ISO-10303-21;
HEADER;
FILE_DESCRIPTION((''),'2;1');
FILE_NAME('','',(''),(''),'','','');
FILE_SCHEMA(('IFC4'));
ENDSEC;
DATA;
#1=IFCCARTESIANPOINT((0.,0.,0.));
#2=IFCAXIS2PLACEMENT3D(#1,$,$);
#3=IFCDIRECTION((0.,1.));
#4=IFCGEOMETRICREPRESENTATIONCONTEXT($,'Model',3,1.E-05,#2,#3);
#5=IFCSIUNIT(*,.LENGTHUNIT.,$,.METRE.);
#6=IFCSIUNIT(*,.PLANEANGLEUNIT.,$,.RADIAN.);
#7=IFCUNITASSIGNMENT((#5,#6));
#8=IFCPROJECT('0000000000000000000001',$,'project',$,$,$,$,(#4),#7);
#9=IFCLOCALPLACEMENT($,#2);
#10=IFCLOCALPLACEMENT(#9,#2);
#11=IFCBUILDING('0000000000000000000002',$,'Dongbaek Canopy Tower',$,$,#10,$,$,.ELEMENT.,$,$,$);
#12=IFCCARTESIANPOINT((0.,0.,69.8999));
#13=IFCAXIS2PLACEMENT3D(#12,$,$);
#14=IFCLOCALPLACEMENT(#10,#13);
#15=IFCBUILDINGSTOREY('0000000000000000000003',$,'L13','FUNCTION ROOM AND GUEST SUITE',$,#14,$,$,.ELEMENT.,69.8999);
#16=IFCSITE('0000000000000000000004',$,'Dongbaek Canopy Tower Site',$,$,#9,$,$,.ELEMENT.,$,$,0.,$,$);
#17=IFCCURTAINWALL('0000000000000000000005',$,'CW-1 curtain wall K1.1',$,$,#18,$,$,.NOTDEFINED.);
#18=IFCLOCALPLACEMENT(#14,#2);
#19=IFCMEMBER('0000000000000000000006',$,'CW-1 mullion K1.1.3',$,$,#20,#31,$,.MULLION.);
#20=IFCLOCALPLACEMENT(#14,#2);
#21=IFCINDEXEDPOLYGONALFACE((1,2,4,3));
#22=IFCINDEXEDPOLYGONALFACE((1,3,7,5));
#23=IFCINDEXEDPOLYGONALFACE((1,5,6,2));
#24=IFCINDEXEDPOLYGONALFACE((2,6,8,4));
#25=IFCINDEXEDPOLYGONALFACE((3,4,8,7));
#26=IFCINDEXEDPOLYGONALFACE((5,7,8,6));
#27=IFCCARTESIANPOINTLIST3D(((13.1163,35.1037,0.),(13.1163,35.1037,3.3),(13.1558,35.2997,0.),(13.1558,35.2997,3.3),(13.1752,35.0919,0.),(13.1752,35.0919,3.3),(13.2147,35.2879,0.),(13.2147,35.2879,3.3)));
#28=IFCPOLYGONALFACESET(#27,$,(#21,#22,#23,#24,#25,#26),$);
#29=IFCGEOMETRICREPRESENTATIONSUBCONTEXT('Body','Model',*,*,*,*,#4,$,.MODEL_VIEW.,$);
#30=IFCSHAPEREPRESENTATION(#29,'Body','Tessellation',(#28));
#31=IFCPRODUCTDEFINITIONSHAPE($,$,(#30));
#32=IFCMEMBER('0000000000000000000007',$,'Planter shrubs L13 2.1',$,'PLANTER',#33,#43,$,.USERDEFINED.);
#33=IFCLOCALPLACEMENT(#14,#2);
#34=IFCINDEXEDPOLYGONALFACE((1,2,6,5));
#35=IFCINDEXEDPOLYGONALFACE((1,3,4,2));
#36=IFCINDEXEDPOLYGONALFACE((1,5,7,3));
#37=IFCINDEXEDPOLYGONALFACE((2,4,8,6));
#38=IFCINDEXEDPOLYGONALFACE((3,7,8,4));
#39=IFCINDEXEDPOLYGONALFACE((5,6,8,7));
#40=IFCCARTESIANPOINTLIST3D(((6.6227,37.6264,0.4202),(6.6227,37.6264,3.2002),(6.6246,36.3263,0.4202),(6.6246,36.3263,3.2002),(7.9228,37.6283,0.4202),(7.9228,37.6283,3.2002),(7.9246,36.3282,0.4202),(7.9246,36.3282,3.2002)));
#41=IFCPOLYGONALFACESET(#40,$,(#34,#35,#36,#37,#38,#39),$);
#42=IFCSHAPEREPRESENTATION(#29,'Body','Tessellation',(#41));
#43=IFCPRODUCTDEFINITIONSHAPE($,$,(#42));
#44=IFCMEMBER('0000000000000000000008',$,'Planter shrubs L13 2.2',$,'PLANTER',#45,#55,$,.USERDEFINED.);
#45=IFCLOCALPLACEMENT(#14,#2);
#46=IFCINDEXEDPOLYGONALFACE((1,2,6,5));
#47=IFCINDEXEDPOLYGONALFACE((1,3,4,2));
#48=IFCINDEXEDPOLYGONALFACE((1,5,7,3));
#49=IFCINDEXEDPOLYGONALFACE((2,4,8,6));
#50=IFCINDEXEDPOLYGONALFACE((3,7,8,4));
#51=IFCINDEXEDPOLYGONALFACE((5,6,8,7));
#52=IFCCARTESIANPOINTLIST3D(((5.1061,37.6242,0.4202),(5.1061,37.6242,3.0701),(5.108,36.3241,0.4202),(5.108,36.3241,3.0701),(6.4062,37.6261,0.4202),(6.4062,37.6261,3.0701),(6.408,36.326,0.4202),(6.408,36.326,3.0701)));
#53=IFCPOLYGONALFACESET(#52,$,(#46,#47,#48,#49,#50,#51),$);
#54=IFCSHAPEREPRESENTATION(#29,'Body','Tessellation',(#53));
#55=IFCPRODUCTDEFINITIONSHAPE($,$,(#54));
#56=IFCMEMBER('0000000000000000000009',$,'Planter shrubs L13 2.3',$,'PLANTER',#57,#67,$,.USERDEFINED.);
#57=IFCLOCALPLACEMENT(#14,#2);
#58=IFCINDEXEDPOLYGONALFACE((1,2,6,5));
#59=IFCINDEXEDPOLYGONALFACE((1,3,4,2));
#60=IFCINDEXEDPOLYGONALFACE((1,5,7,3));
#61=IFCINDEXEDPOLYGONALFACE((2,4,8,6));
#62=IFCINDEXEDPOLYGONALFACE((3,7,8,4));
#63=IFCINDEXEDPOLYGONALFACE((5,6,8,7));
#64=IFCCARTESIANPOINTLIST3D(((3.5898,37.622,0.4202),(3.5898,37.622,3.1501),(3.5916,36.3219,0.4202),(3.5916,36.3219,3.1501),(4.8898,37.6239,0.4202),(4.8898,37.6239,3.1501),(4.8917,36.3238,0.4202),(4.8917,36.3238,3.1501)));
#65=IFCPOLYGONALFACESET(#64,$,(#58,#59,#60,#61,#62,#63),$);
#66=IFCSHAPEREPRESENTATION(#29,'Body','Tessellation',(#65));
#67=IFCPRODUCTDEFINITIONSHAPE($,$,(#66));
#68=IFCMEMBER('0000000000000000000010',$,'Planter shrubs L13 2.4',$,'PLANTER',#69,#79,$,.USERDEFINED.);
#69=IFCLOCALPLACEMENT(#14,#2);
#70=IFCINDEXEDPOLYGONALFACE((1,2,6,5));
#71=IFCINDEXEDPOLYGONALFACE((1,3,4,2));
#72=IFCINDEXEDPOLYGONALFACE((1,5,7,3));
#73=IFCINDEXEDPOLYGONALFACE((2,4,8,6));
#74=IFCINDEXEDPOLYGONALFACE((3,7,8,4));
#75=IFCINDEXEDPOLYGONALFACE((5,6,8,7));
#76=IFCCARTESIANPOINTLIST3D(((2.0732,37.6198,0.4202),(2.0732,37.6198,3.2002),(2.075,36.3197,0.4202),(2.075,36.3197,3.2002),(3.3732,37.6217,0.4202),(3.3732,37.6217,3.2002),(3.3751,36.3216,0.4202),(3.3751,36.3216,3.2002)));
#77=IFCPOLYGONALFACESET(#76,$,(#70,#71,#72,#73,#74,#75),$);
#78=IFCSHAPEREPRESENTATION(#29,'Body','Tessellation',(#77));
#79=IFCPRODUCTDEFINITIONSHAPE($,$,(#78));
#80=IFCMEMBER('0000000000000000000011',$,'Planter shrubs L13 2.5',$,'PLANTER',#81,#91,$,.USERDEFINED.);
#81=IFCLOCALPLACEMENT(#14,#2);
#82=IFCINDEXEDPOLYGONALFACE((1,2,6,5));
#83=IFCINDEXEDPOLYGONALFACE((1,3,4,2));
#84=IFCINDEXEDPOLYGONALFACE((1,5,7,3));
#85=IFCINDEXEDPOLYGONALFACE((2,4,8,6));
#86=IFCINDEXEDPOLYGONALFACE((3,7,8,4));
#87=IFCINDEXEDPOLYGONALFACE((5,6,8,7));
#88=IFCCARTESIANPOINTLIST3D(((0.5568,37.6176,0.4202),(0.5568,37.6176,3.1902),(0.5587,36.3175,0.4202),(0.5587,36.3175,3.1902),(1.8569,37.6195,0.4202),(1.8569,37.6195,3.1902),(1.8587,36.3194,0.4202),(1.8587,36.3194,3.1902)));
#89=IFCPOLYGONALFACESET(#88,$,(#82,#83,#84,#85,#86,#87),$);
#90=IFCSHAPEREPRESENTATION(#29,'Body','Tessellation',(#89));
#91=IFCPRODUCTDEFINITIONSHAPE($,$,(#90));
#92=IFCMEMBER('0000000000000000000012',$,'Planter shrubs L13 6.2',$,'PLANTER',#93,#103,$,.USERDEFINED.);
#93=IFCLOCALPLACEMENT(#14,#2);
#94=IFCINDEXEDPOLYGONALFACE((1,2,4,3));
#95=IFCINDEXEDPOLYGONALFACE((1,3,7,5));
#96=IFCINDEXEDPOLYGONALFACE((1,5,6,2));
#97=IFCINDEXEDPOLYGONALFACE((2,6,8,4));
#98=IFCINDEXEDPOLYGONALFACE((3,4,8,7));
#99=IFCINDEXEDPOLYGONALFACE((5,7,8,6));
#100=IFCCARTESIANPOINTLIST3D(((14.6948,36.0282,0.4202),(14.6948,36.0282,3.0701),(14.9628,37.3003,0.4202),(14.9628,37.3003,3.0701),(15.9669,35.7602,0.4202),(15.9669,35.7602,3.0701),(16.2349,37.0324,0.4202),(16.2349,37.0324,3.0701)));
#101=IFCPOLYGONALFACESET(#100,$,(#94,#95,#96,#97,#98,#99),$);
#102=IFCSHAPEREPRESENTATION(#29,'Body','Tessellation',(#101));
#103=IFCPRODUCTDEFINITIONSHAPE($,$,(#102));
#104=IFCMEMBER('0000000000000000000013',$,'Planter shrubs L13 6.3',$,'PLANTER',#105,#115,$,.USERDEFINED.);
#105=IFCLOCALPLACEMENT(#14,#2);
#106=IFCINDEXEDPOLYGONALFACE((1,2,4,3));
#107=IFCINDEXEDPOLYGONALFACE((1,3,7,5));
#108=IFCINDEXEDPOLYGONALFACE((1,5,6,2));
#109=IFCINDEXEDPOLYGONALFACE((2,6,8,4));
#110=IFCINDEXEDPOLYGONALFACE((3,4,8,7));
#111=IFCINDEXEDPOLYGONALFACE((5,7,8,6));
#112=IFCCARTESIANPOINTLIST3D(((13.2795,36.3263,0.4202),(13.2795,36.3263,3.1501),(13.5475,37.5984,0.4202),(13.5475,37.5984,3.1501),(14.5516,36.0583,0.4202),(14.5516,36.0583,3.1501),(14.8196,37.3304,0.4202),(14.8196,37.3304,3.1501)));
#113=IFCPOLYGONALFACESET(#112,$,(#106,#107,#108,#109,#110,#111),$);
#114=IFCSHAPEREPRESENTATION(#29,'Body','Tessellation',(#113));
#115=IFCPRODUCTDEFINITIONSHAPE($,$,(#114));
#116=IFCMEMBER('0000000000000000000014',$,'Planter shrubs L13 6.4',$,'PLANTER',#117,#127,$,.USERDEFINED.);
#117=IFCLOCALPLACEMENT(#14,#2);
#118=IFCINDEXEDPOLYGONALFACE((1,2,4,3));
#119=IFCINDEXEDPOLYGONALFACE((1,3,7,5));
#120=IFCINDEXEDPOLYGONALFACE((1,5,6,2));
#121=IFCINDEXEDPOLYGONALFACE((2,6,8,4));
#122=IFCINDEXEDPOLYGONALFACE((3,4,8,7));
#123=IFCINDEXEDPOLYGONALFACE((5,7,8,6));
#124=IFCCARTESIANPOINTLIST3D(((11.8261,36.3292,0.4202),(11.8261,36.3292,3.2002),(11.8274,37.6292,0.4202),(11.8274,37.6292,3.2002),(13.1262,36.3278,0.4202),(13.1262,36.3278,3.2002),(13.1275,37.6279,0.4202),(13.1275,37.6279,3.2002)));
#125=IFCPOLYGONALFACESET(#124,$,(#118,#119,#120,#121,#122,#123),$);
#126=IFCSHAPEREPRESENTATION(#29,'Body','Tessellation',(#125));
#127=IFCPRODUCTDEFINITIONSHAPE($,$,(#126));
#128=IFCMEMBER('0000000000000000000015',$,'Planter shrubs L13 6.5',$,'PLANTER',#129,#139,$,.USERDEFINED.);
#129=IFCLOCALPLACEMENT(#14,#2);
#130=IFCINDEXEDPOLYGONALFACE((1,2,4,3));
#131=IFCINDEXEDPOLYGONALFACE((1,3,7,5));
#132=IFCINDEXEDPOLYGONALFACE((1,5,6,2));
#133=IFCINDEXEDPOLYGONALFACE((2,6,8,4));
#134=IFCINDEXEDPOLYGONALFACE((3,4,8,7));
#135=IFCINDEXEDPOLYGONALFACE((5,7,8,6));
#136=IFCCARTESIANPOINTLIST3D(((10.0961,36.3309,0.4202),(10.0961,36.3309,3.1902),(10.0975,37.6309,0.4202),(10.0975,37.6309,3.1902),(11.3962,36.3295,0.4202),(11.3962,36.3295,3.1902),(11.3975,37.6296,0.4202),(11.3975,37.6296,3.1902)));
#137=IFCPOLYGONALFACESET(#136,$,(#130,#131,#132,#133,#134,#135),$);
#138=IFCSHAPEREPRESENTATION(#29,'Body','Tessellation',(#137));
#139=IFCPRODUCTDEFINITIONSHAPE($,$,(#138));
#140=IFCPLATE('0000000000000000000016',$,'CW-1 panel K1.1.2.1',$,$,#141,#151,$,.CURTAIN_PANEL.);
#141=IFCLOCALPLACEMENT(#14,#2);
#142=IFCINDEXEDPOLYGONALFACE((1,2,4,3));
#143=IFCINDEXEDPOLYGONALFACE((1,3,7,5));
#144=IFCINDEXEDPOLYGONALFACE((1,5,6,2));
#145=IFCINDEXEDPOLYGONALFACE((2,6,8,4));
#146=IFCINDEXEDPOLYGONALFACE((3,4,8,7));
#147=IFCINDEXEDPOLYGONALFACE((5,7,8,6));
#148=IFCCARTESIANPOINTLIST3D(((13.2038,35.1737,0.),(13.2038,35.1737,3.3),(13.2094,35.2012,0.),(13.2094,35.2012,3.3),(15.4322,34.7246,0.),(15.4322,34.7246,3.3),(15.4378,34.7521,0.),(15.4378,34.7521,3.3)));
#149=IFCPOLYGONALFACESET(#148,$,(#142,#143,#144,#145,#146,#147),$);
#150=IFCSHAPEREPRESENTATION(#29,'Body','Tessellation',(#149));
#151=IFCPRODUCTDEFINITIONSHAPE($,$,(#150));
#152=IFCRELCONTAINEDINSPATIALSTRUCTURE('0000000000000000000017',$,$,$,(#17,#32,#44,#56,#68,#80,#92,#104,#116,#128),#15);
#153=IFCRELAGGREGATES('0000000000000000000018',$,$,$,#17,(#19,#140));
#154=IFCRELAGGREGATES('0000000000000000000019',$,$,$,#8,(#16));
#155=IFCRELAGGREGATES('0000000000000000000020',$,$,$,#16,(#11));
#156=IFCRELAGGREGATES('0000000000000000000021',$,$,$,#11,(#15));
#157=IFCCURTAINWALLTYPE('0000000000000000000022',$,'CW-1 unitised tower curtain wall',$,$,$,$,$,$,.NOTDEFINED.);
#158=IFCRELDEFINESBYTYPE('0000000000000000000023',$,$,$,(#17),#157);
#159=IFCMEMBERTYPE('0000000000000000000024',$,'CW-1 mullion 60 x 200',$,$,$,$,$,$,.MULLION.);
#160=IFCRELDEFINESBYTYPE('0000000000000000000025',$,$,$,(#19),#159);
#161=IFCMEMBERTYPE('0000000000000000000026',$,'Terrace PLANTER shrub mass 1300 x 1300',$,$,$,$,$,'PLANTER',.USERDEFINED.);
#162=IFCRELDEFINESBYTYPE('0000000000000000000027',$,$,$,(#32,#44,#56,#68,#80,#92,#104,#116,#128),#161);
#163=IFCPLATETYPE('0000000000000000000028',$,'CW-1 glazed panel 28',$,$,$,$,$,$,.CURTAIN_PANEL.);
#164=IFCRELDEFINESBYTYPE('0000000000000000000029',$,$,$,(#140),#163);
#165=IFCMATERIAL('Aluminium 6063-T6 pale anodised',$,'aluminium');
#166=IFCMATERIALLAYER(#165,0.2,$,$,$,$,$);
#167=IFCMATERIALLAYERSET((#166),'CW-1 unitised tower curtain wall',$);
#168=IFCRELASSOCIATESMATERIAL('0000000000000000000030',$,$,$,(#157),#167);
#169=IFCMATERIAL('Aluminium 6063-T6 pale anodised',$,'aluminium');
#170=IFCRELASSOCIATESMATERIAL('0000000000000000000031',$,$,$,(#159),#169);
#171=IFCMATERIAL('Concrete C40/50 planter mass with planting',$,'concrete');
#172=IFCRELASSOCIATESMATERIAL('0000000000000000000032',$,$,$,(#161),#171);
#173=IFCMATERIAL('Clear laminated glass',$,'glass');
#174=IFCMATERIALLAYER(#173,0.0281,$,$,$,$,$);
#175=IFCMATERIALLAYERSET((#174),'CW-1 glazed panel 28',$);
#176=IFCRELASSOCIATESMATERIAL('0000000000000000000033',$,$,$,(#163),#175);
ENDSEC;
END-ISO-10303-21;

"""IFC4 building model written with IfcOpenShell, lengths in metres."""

from ifc_helpers import new_model, si_unit, direction, frame, origin, origin_2d, place, context, subcontext, project, spatial, rectangle, extrude, material, layer, layer_set, material_profile, profile_set, type_object, element, aggregate, save


model = new_model("IFC4")

# Units and contexts
model_context = context("Model", 3, precision=1e-05, world=origin(), true_north=direction((0.0, 1.0)))
body_context = subcontext(model_context, "Body", "Model", "MODEL_VIEW")
ifc_project = project(units=[si_unit("LENGTHUNIT", "METRE"), si_unit("PLANEANGLEUNIT", "RADIAN")], contexts=[model_context])

# Site, building, storey
site_placement = place(None, origin())
site = spatial("IfcSite", under=ifc_project, at=site_placement, Name="Dongbaek Canopy Tower Site", CompositionType="ELEMENT", RefElevation=0.0)
building_placement = place(site_placement, origin())
building = spatial("IfcBuilding", under=site, at=building_placement, Name="Dongbaek Canopy Tower", CompositionType="ELEMENT")
storey_placement = place(building_placement, frame((0.0, 0.0, 69.8999)))
storey = spatial("IfcBuildingStorey", under=building, at=storey_placement, Name="L13", Description="FUNCTION ROOM AND GUEST SUITE", CompositionType="ELEMENT", Elevation=69.8999)

# Curtain wall, member
ifc_material_1 = material(Name="Aluminium 6063-T6 pale anodised", Category="aluminium")
ifc_layer_1 = layer(ifc_material_1, 0.2)
ifc_layer_set_1 = layer_set([ifc_layer_1], Name="CW-1 unitised tower curtain wall")
curtain_wall_type = type_object("IfcCurtainWallType", Name="CW-1 unitised tower curtain wall", PredefinedType="NOTDEFINED", material=ifc_layer_set_1)
curtain_wall_placement = place(storey_placement, origin())
curtain_wall = element("IfcCurtainWall", 1, at=curtain_wall_placement, inside=storey, type_object=curtain_wall_type, Name="CW-1 curtain wall K1.1", PredefinedType="NOTDEFINED")
ifc_material_2 = material(Name="Aluminium 6063-T6 pale anodised", Category="aluminium")
ifc_material_profile_1 = material_profile(ifc_material_2, rectangle(XDim=0.2, YDim=0.0601, at=origin_2d()), Name="CW-1 mullion 60 x 200")
ifc_profile_set_1 = profile_set([ifc_material_profile_1], Name="Aluminium 6063-T6 pale anodised")
member_type_1 = type_object("IfcMemberType", Name="CW-1 mullion 60 x 200", PredefinedType="MULLION", material=ifc_profile_set_1)
member_1_placement = place(storey_placement, frame((13.1655, 35.1958, 0.0), z_axis=(0.0, 0.0, 1.0), x_axis=(0.197555, 0.980292, 0.0)))
member_1 = element("IfcMember", 2, at=member_1_placement, type_object=member_type_1, Name="CW-1 mullion K1.1.3", PredefinedType="MULLION", context=body_context, shape_type="SweptSolid", body=[
    extrude(rectangle(XDim=0.2, YDim=0.0601, at=origin_2d()), origin(), (0.0, 0.0, 1.0), 3.3),
])

# Members
ifc_material_3 = material(Name="Concrete C40/50 planter mass with planting", Category="concrete")
ifc_material_profile_2 = material_profile(ifc_material_3, rectangle(XDim=1.3, YDim=1.3, at=origin_2d()), Name="Terrace PLANTER shrub mass 1300 x 1300")
ifc_profile_set_2 = profile_set([ifc_material_profile_2], Name="Concrete C40/50 planter mass with planting")
member_type_2 = type_object("IfcMemberType", Name="Terrace PLANTER shrub mass 1300 x 1300", ElementType="PLANTER", PredefinedType="USERDEFINED", material=ifc_profile_set_2)
member_2_placement = place(storey_placement, frame((7.2737, 36.9773, 0.4202), z_axis=(0.0, 0.0, 1.0), x_axis=(-0.001434, 0.999999, 0.0)))
element("IfcMember", 3, at=member_2_placement, inside=storey, type_object=member_type_2, Name="Planter shrubs L13 2.1", ObjectType="PLANTER", PredefinedType="USERDEFINED", context=body_context, shape_type="SweptSolid", body=[
    extrude(rectangle(XDim=1.3, YDim=1.3, at=origin_2d()), origin(), (0.0, 0.0, 1.0), 2.78),
])
member_3_placement = place(storey_placement, frame((5.7571, 36.9751, 0.4202), z_axis=(0.0, 0.0, 1.0), x_axis=(-0.001434, 0.999999, 0.0)))
element("IfcMember", 4, at=member_3_placement, inside=storey, type_object=member_type_2, Name="Planter shrubs L13 2.2", ObjectType="PLANTER", PredefinedType="USERDEFINED", context=body_context, shape_type="SweptSolid", body=[
    extrude(rectangle(XDim=1.3, YDim=1.3, at=origin_2d()), origin(), (0.0, 0.0, 1.0), 2.6499),
])
member_4_placement = place(storey_placement, frame((4.2407, 36.9729, 0.4202), z_axis=(0.0, 0.0, 1.0), x_axis=(-0.001434, 0.999999, 0.0)))
element("IfcMember", 5, at=member_4_placement, inside=storey, type_object=member_type_2, Name="Planter shrubs L13 2.3", ObjectType="PLANTER", PredefinedType="USERDEFINED", context=body_context, shape_type="SweptSolid", body=[
    extrude(rectangle(XDim=1.3, YDim=1.3, at=origin_2d()), origin(), (0.0, 0.0, 1.0), 2.73),
])
member_5_placement = place(storey_placement, frame((2.7241, 36.9707, 0.4202), z_axis=(0.0, 0.0, 1.0), x_axis=(-0.001434, 0.999999, 0.0)))
element("IfcMember", 6, at=member_5_placement, inside=storey, type_object=member_type_2, Name="Planter shrubs L13 2.4", ObjectType="PLANTER", PredefinedType="USERDEFINED", context=body_context, shape_type="SweptSolid", body=[
    extrude(rectangle(XDim=1.3, YDim=1.3, at=origin_2d()), origin(), (0.0, 0.0, 1.0), 2.78),
])
member_6_placement = place(storey_placement, frame((1.2078, 36.9685, 0.4202), z_axis=(0.0, 0.0, 1.0), x_axis=(-0.001434, 0.999999, 0.0)))
element("IfcMember", 7, at=member_6_placement, inside=storey, type_object=member_type_2, Name="Planter shrubs L13 2.5", ObjectType="PLANTER", PredefinedType="USERDEFINED", context=body_context, shape_type="SweptSolid", body=[
    extrude(rectangle(XDim=1.3, YDim=1.3, at=origin_2d()), origin(), (0.0, 0.0, 1.0), 2.77),
])
member_7_placement = place(storey_placement, frame((15.4648, 36.5303, 0.4202), z_axis=(0.0, 0.0, 1.0), x_axis=(0.206128, 0.978525, 0.0)))
element("IfcMember", 8, at=member_7_placement, inside=storey, type_object=member_type_2, Name="Planter shrubs L13 6.2", ObjectType="PLANTER", PredefinedType="USERDEFINED", context=body_context, shape_type="SweptSolid", body=[
    extrude(rectangle(XDim=1.3, YDim=1.3, at=origin_2d()), origin(), (0.0, 0.0, 1.0), 2.6499),
])
member_8_placement = place(storey_placement, frame((14.0496, 36.8284, 0.4202), z_axis=(0.0, 0.0, 1.0), x_axis=(0.206128, 0.978525, 0.0)))
element("IfcMember", 9, at=member_8_placement, inside=storey, type_object=member_type_2, Name="Planter shrubs L13 6.3", ObjectType="PLANTER", PredefinedType="USERDEFINED", context=body_context, shape_type="SweptSolid", body=[
    extrude(rectangle(XDim=1.3, YDim=1.3, at=origin_2d()), origin(), (0.0, 0.0, 1.0), 2.73),
])
member_9_placement = place(storey_placement, frame((12.4768, 36.9785, 0.4202), z_axis=(0.0, 0.0, 1.0), x_axis=(0.001013, 0.999999, 0.0)))
element("IfcMember", 10, at=member_9_placement, inside=storey, type_object=member_type_2, Name="Planter shrubs L13 6.4", ObjectType="PLANTER", PredefinedType="USERDEFINED", context=body_context, shape_type="SweptSolid", body=[
    extrude(rectangle(XDim=1.3, YDim=1.3, at=origin_2d()), origin(), (0.0, 0.0, 1.0), 2.78),
])
member_10_placement = place(storey_placement, frame((10.7468, 36.9802, 0.4202), z_axis=(0.0, 0.0, 1.0), x_axis=(0.001013, 0.999999, 0.0)))
element("IfcMember", 11, at=member_10_placement, inside=storey, type_object=member_type_2, Name="Planter shrubs L13 6.5", ObjectType="PLANTER", PredefinedType="USERDEFINED", context=body_context, shape_type="SweptSolid", body=[
    extrude(rectangle(XDim=1.3, YDim=1.3, at=origin_2d()), origin(), (0.0, 0.0, 1.0), 2.77),
])

# Plate
ifc_material_4 = material(Name="Clear laminated glass", Category="glass")
ifc_layer_2 = layer(ifc_material_4, 0.0281)
ifc_layer_set_2 = layer_set([ifc_layer_2], Name="CW-1 glazed panel 28")
plate_type = type_object("IfcPlateType", Name="CW-1 glazed panel 28", PredefinedType="CURTAIN_PANEL", material=ifc_layer_set_2)
plate_placement = place(storey_placement, frame((14.3208, 34.9629, 0.0), z_axis=(0.0, 0.0, 1.0), x_axis=(-0.980292, 0.197555, 0.0)))
plate = element("IfcPlate", 12, at=plate_placement, type_object=plate_type, Name="CW-1 panel K1.1.2.1", PredefinedType="CURTAIN_PANEL", context=body_context, shape_type="SweptSolid", body=[
    extrude(rectangle(XDim=2.2732, YDim=0.0281, at=origin_2d()), origin(), (0.0, 0.0, 1.0), 3.3),
])
aggregate(curtain_wall, [member_1, plate])

save(model, "model.ifc")
